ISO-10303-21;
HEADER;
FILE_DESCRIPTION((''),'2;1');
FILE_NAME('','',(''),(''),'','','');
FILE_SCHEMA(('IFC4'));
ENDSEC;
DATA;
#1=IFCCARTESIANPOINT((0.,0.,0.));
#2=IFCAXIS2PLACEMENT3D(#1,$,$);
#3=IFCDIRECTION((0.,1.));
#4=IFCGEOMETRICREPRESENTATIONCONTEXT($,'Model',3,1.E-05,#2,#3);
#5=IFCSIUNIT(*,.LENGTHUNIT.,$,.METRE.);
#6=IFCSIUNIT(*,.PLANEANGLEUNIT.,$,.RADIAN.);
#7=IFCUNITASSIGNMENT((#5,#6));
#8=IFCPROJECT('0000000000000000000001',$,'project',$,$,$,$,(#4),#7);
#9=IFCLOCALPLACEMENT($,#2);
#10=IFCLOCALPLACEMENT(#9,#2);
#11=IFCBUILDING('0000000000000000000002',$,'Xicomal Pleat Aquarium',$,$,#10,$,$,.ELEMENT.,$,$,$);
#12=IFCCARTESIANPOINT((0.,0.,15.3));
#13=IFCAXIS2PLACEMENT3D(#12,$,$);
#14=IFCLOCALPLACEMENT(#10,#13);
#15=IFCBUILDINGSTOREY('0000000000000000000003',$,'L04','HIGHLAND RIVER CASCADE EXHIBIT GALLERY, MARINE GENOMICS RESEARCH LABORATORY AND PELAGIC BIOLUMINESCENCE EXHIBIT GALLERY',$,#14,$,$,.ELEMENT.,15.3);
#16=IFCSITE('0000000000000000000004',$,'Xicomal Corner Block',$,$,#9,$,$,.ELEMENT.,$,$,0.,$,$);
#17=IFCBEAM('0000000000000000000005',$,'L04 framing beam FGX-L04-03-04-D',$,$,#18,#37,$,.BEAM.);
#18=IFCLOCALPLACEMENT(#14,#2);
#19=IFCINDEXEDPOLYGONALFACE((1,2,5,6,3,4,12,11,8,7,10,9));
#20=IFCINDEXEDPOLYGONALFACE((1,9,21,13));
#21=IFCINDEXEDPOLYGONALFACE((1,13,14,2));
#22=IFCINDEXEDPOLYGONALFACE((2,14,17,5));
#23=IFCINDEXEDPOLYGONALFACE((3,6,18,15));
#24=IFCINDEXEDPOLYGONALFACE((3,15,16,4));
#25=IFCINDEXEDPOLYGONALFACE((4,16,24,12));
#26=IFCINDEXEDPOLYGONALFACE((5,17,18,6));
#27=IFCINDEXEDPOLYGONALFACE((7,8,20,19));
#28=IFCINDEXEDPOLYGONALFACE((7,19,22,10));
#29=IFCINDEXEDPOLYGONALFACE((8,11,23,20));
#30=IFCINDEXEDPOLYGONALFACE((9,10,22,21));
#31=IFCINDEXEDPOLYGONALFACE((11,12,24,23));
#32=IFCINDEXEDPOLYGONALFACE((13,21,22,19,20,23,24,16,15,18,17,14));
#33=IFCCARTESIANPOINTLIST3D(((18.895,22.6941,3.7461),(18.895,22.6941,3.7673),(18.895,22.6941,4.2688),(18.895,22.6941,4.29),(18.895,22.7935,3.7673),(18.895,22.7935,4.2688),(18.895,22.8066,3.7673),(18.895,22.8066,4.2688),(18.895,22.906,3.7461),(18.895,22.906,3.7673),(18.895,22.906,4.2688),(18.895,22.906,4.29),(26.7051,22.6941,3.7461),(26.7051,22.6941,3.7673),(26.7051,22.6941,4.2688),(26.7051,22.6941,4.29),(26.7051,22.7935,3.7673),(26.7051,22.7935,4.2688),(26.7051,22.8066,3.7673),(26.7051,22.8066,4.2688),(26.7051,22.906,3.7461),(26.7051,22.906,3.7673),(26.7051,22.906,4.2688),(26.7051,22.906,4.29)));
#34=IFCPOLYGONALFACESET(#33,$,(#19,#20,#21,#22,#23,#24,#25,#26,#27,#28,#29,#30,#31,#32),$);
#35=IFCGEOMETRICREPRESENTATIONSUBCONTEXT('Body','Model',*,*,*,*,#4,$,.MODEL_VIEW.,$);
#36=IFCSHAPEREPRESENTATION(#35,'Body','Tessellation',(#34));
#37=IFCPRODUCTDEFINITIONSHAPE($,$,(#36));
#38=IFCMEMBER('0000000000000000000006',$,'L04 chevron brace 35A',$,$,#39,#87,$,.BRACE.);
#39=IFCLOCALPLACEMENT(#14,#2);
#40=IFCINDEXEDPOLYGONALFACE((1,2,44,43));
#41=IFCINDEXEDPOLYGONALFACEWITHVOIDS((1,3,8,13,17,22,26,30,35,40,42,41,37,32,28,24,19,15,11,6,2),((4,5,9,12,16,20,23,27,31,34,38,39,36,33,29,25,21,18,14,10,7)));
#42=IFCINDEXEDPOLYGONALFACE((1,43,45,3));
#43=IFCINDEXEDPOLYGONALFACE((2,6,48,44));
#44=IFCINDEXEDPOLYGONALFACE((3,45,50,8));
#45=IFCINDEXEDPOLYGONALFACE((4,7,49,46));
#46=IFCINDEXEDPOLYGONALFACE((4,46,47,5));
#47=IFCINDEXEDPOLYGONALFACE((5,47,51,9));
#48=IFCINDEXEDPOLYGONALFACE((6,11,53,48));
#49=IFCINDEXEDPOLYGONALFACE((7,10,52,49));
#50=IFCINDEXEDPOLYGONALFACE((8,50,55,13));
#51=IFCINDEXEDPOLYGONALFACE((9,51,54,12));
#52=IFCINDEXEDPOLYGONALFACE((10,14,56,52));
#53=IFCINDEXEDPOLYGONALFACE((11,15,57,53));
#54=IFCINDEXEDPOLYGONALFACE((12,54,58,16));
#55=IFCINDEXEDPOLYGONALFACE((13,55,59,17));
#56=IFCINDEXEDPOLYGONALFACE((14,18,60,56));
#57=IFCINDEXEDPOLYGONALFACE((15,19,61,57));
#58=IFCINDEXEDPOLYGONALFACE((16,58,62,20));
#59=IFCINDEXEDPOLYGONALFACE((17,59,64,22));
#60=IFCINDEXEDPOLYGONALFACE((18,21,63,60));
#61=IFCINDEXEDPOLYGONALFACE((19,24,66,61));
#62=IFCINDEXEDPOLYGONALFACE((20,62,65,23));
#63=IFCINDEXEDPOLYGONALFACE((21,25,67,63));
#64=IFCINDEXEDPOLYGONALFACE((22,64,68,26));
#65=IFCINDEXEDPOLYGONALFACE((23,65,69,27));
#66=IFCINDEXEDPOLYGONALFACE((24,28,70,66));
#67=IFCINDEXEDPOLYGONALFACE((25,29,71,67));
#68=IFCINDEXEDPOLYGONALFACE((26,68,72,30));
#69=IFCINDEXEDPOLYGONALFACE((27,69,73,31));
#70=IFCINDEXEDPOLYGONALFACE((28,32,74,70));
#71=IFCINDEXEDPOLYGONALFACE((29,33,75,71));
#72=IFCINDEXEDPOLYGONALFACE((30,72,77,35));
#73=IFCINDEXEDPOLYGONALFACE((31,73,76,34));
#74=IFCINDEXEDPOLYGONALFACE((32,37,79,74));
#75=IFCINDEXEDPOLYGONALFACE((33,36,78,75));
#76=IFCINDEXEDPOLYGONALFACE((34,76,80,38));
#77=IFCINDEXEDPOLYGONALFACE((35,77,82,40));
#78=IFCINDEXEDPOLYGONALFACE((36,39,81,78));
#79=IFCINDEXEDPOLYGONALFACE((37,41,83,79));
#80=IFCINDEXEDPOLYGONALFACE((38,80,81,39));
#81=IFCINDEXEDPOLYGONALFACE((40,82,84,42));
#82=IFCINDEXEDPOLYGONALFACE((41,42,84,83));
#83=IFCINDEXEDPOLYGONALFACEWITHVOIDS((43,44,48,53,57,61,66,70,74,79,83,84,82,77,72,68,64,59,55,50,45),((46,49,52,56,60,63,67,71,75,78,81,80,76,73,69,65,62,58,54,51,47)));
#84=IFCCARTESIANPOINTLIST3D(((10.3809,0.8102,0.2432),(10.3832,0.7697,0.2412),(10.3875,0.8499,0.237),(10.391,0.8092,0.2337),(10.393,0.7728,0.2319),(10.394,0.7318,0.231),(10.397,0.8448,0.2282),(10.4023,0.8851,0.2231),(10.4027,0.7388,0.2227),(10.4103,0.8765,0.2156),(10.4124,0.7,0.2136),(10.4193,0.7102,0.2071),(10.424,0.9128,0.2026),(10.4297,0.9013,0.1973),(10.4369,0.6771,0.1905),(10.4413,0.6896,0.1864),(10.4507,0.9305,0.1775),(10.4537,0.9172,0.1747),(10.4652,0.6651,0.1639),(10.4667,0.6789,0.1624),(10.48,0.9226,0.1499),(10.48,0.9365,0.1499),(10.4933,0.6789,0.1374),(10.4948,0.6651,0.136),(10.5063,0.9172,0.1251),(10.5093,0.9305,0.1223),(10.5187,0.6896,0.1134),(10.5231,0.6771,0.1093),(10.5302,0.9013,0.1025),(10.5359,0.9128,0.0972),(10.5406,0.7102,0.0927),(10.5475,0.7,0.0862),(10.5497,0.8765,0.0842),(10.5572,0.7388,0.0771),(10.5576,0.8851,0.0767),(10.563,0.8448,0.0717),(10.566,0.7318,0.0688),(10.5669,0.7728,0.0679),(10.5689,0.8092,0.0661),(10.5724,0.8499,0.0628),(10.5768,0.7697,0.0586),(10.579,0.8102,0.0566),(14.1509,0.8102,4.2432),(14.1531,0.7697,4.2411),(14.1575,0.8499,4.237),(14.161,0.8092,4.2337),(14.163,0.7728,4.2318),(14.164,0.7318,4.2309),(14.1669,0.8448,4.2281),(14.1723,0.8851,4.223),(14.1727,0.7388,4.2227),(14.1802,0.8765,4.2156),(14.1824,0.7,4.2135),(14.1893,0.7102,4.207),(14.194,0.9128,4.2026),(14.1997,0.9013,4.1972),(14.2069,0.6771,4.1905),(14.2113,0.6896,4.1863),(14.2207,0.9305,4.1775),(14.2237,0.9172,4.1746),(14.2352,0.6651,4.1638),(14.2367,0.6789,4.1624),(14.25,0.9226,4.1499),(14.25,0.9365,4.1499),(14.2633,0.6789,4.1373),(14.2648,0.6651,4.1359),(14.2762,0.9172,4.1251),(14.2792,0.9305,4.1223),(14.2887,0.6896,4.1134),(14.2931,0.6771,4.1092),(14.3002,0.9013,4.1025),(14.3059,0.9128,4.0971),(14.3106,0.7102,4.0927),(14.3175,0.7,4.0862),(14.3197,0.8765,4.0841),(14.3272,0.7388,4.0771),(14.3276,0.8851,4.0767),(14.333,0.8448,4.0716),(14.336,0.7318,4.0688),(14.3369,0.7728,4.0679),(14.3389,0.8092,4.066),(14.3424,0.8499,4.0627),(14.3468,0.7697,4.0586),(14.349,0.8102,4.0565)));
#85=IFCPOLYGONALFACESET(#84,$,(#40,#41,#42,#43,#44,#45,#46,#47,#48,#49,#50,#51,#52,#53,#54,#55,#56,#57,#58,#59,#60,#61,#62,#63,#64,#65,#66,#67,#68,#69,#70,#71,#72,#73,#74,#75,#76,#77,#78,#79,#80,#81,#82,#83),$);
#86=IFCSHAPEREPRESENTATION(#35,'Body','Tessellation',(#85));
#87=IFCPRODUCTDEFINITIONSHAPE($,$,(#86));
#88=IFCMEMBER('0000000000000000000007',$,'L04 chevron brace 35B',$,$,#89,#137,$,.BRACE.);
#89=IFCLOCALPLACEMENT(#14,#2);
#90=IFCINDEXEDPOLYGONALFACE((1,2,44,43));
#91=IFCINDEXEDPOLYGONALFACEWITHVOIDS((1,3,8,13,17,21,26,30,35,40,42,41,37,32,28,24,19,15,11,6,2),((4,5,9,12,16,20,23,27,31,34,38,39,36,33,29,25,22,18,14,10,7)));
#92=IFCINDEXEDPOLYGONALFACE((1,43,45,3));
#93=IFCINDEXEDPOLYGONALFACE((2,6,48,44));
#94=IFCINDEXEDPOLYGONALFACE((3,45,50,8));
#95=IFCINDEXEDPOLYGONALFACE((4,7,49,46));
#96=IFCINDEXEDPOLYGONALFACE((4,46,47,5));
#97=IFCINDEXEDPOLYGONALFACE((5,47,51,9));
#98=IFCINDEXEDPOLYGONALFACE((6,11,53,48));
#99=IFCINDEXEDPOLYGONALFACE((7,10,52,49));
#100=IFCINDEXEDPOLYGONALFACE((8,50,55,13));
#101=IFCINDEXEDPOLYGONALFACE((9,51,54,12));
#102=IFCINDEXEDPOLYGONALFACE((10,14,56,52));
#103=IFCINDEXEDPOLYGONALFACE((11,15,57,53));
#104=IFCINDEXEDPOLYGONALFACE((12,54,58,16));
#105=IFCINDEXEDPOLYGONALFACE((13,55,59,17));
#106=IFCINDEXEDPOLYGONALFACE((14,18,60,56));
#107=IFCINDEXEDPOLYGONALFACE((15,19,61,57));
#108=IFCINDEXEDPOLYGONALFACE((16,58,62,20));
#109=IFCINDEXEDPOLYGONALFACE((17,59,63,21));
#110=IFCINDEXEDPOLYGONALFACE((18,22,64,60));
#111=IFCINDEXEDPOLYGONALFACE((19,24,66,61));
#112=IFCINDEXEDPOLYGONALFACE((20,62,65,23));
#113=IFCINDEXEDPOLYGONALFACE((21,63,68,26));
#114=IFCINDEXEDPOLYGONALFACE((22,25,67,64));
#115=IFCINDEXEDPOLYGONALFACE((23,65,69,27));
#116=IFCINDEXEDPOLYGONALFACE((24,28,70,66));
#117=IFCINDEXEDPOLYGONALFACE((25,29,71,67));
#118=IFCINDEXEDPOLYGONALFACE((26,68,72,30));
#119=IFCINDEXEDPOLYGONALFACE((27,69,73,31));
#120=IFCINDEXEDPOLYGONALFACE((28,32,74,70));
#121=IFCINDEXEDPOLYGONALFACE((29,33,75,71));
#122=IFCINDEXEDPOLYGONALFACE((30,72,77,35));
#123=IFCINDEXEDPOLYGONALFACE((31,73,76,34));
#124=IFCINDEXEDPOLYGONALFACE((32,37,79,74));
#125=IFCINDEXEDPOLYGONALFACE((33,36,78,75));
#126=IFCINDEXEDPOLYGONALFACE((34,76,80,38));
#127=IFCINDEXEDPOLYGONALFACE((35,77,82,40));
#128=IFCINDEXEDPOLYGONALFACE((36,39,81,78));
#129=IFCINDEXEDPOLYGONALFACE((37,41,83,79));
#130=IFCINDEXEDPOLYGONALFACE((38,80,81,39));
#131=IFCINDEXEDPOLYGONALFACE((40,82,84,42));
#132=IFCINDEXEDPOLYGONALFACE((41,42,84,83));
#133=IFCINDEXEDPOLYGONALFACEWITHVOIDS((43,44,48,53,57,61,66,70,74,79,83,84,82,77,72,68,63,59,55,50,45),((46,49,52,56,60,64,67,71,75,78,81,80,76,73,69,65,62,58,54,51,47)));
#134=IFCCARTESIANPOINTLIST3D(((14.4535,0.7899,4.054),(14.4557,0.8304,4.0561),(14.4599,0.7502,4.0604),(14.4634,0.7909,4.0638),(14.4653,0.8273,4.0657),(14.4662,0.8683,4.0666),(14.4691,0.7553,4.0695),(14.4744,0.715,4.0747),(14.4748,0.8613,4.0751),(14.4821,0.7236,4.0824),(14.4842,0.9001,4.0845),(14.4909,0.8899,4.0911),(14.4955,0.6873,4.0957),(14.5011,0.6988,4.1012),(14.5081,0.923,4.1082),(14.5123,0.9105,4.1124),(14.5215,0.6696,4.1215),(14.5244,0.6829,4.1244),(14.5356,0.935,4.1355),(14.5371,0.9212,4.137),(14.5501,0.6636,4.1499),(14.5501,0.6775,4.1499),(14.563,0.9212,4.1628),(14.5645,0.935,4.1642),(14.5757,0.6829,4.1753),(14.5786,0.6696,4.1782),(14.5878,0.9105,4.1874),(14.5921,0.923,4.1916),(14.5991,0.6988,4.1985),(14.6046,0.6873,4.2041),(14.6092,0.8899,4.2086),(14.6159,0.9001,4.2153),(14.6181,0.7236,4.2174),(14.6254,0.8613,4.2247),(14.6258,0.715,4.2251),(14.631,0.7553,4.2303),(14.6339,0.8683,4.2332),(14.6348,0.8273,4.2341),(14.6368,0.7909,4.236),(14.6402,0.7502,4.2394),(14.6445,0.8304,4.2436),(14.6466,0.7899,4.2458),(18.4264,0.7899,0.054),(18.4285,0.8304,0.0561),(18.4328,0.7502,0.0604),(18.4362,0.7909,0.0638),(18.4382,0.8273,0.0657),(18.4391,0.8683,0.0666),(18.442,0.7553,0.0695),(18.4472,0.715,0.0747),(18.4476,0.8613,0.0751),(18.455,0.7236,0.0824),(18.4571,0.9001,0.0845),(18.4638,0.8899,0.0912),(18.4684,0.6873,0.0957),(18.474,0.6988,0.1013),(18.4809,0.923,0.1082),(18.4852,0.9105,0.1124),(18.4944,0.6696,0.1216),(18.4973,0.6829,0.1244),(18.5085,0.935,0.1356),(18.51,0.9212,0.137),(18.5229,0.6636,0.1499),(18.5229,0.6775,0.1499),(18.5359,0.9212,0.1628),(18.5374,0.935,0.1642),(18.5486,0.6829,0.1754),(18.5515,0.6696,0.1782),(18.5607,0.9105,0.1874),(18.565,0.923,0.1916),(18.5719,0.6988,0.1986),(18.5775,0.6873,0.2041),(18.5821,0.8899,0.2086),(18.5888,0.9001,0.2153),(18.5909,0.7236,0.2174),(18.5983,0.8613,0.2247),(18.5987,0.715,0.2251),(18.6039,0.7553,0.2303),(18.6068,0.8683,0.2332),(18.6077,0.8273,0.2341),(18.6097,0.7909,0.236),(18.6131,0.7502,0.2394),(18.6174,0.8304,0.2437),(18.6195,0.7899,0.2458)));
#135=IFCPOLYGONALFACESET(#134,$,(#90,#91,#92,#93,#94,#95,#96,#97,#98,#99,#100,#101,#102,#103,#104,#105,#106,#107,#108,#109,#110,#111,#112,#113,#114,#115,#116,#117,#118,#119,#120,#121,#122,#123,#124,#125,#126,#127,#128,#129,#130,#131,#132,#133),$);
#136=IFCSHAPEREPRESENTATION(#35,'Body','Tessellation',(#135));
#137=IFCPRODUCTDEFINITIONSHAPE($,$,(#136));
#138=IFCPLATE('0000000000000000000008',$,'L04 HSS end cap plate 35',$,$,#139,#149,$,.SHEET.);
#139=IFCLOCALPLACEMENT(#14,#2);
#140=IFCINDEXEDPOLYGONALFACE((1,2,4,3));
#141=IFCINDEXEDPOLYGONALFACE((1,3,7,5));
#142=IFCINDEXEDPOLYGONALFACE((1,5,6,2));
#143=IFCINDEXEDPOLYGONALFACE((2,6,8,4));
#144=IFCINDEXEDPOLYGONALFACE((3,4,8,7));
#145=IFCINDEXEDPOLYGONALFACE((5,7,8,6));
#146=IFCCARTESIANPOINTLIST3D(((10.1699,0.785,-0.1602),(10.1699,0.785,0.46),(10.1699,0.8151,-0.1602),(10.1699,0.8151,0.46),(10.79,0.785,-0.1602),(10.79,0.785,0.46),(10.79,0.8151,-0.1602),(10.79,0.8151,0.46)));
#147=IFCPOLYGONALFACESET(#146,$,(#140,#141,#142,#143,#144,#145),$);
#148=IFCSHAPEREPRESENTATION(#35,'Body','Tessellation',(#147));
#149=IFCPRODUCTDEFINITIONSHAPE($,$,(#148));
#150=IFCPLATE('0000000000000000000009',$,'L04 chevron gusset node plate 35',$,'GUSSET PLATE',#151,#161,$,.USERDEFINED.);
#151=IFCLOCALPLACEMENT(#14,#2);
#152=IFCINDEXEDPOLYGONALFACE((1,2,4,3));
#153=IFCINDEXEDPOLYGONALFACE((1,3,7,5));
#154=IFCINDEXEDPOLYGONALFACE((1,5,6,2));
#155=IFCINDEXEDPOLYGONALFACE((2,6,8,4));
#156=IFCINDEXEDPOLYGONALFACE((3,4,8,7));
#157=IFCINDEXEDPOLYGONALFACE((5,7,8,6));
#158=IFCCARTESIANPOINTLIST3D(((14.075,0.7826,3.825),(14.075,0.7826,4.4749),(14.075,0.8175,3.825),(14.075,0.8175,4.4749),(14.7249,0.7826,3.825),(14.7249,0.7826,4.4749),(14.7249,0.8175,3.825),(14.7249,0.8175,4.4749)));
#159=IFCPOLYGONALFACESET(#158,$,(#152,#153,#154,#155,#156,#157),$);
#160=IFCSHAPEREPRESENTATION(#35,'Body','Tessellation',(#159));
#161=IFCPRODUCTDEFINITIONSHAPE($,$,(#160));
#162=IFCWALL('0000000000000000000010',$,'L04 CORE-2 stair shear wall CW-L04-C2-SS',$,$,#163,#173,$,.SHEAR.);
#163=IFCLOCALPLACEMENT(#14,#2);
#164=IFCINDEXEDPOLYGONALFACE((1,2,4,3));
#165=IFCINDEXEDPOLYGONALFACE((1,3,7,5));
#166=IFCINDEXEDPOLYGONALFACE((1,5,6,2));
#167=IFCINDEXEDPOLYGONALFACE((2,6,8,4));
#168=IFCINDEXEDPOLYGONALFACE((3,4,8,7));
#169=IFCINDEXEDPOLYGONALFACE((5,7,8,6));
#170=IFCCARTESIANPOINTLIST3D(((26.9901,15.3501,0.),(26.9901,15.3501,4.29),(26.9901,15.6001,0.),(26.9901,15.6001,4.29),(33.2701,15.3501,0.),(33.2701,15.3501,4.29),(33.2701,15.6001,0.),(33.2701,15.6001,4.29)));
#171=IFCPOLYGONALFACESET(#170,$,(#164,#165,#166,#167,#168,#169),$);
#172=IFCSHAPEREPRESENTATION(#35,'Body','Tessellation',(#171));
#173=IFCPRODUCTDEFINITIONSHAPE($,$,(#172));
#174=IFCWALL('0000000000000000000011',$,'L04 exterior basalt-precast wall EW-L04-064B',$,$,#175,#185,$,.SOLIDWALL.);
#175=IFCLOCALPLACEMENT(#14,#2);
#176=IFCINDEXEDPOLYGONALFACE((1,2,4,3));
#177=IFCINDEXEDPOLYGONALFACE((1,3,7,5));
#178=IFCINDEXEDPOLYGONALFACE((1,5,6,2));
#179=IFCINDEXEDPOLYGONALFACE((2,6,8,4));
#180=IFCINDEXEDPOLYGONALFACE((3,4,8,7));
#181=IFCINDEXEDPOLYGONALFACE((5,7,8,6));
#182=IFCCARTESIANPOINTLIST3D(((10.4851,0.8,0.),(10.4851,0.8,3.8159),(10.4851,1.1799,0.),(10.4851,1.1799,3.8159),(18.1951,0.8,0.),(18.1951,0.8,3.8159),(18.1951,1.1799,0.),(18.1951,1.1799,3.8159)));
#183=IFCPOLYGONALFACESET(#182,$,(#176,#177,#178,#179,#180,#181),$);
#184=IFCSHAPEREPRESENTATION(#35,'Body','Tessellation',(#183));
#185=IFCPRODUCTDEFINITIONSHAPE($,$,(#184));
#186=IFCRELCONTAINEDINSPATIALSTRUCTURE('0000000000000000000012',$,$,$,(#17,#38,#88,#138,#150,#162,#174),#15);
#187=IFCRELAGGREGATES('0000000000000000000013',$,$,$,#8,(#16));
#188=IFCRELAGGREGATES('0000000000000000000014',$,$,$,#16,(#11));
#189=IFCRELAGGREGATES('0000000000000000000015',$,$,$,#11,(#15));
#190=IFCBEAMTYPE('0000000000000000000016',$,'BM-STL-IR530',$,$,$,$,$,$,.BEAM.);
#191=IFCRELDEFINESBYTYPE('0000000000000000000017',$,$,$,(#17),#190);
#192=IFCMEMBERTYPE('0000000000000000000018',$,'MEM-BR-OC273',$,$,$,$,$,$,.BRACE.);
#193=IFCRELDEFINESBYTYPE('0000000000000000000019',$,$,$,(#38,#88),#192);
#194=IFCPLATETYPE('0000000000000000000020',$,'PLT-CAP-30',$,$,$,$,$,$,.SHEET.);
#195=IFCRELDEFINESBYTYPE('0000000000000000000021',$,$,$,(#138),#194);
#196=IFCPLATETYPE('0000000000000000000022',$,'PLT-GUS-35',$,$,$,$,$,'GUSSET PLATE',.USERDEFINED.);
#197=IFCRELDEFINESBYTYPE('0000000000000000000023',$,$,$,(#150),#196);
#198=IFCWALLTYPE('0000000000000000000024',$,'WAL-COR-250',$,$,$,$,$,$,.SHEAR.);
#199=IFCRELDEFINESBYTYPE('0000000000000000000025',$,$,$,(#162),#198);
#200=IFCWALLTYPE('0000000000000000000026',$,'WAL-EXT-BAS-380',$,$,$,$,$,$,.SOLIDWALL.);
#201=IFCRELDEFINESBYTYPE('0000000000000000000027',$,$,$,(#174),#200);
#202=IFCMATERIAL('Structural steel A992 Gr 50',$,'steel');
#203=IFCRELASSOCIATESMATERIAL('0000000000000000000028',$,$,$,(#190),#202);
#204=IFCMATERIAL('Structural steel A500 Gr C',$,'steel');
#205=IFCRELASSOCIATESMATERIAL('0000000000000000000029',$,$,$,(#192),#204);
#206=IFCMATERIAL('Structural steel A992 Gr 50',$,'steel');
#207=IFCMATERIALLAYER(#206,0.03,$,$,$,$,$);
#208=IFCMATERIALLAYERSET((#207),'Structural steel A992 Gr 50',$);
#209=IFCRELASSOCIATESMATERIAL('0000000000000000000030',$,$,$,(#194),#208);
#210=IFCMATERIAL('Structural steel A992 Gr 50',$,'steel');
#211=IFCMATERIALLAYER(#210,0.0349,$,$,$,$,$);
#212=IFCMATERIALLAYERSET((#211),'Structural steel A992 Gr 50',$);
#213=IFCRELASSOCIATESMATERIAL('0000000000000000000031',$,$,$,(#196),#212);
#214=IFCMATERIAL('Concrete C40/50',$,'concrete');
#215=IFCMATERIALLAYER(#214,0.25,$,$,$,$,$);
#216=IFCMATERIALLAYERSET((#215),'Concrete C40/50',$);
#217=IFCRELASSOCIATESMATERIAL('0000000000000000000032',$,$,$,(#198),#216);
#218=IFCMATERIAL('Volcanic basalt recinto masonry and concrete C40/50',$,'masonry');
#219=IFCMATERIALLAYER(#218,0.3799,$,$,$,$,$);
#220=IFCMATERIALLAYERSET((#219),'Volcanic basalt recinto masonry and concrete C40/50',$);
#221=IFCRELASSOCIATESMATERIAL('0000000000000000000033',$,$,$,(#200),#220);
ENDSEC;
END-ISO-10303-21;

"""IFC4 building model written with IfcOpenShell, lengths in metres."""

from ifc_helpers import new_model, si_unit, direction, frame, frame_2d, origin, origin_2d, place, context, subcontext, project, spatial, rectangle, hollow_circle, i_section, extrude, material, layer, layer_set, material_profile, profile_set, type_object, element, save


model = new_model("IFC4")

# Units and contexts
model_context = context("Model", 3, precision=1e-05, world=origin(), true_north=direction((0.0, 1.0)))
body_context = subcontext(model_context, "Body", "Model", "MODEL_VIEW")
ifc_project = project(units=[si_unit("LENGTHUNIT", "METRE"), si_unit("PLANEANGLEUNIT", "RADIAN")], contexts=[model_context])

# Site, building, storey
site_placement = place(None, origin())
site = spatial("IfcSite", under=ifc_project, at=site_placement, Name="Xicomal Corner Block", CompositionType="ELEMENT", RefElevation=0.0)
building_placement = place(site_placement, origin())
building = spatial("IfcBuilding", under=site, at=building_placement, Name="Xicomal Pleat Aquarium", CompositionType="ELEMENT")
storey_placement = place(building_placement, frame((0.0, 0.0, 15.3)))
storey = spatial("IfcBuildingStorey", under=building, at=storey_placement, Name="L04", Description="HIGHLAND RIVER CASCADE EXHIBIT GALLERY, MARINE GENOMICS RESEARCH LABORATORY AND PELAGIC BIOLUMINESCENCE EXHIBIT GALLERY", CompositionType="ELEMENT", Elevation=15.3)

# Beam
ifc_material_1 = material(Name="Structural steel A992 Gr 50", Category="steel")
ifc_material_profile_1 = material_profile(ifc_material_1, i_section(OverallWidth=0.2119, OverallDepth=0.5439, WebThickness=0.0132, FlangeThickness=0.0212, at=origin_2d()), Name="IR 530x123")
ifc_profile_set_1 = profile_set([ifc_material_profile_1], Name="Structural steel A992 Gr 50")
beam_type_1 = type_object("IfcBeamType", Name="BM-STL-IR530", PredefinedType="BEAM", material=ifc_profile_set_1)
beam_1_placement = place(storey_placement, frame((18.895, 22.8, 4.0181), z_axis=(1.0, 0.0, 0.0), x_axis=(0.0, 1.0, 0.0)))
element("IfcBeam", 1, at=beam_1_placement, inside=storey, type_object=beam_type_1, Name="L04 framing beam FGX-L04-03-04-D", PredefinedType="BEAM", context=body_context, shape_type="SweptSolid", body=[
    extrude(i_section(OverallWidth=0.2119, OverallDepth=0.5439, WebThickness=0.0132, FlangeThickness=0.0212, at=origin_2d()), origin(), (0.0, 0.0, 1.0), 7.8101),
])

# Members
ifc_material_2 = material(Name="Structural steel A500 Gr C", Category="steel")
ifc_material_profile_2 = material_profile(ifc_material_2, hollow_circle(Radius=0.1365, WallThickness=0.0139, at=origin_2d()), Name="OC 273x14")
ifc_profile_set_2 = profile_set([ifc_material_profile_2], Name="Structural steel A500 Gr C")
member_type = type_object("IfcMemberType", Name="MEM-BR-OC273", PredefinedType="BRACE", material=ifc_profile_set_2)
member_1_placement = place(storey_placement, frame((10.48, 0.8, 0.1499), z_axis=(0.685877, 0.0, 0.727717), x_axis=(0.0, 1.0, 0.0)))
element("IfcMember", 2, at=member_1_placement, inside=storey, type_object=member_type, Name="L04 chevron brace 35A", PredefinedType="BRACE", context=body_context, shape_type="SweptSolid", body=[
    extrude(hollow_circle(Radius=0.1365, WallThickness=0.0139, at=origin_2d()), origin(), (0.0, 0.0, 1.0), 5.4966),
])
member_2_placement = place(storey_placement, frame((18.5229, 0.8, 0.1499), z_axis=(-0.704699, 0.0, 0.709506), x_axis=(0.0, -1.0, 0.0)))
element("IfcMember", 3, at=member_2_placement, inside=storey, type_object=member_type, Name="L04 chevron brace 35B", PredefinedType="BRACE", context=body_context, shape_type="SweptSolid", body=[
    extrude(hollow_circle(Radius=0.1365, WallThickness=0.0139, at=origin_2d()), origin(), (0.0, 0.0, 1.0), 5.6377),
])

# Plates
ifc_material_3 = material(Name="Structural steel A992 Gr 50", Category="steel")
ifc_layer_1 = layer(ifc_material_3, 0.03)
ifc_layer_set_1 = layer_set([ifc_layer_1], Name="Structural steel A992 Gr 50")
plate_type_1 = type_object("IfcPlateType", Name="PLT-CAP-30", PredefinedType="SHEET", material=ifc_layer_set_1)
plate_1_placement = place(storey_placement, frame((10.48, 0.8, -0.1602), z_axis=(0.0, 0.0, 1.0), x_axis=(1.0, 0.0, 0.0)))
element("IfcPlate", 4, at=plate_1_placement, inside=storey, type_object=plate_type_1, Name="L04 HSS end cap plate 35", PredefinedType="SHEET", context=body_context, shape_type="SweptSolid", body=[
    extrude(rectangle(XDim=0.6201, YDim=0.03, at=origin_2d()), origin(), (0.0, 0.0, 1.0), 0.6201),
])
ifc_material_4 = material(Name="Structural steel A992 Gr 50", Category="steel")
ifc_layer_2 = layer(ifc_material_4, 0.0349)
ifc_layer_set_2 = layer_set([ifc_layer_2], Name="Structural steel A992 Gr 50")
plate_type_2 = type_object("IfcPlateType", Name="PLT-GUS-35", ElementType="GUSSET PLATE", PredefinedType="USERDEFINED", material=ifc_layer_set_2)
plate_2_placement = place(storey_placement, frame((14.3999, 0.8, 3.825), z_axis=(0.0, 0.0, 1.0), x_axis=(1.0, 0.0, 0.0)))
element("IfcPlate", 5, at=plate_2_placement, inside=storey, type_object=plate_type_2, Name="L04 chevron gusset node plate 35", ObjectType="GUSSET PLATE", PredefinedType="USERDEFINED", context=body_context, shape_type="SweptSolid", body=[
    extrude(rectangle(XDim=0.6499, YDim=0.0349, at=origin_2d()), origin(), (0.0, 0.0, 1.0), 0.6499),
])

# Walls
ifc_material_5 = material(Name="Concrete C40/50", Category="concrete")
ifc_layer_3 = layer(ifc_material_5, 0.25)
ifc_layer_set_3 = layer_set([ifc_layer_3], Name="Concrete C40/50")
wall_type_1 = type_object("IfcWallType", Name="WAL-COR-250", PredefinedType="SHEAR", material=ifc_layer_set_3)
wall_1_placement = place(storey_placement, frame((26.99, 15.4751, 0.0), z_axis=(0.0, 0.0, 1.0), x_axis=(1.0, 0.0, 0.0)))
element("IfcWall", 6, at=wall_1_placement, inside=storey, type_object=wall_type_1, Name="L04 CORE-2 stair shear wall CW-L04-C2-SS", PredefinedType="SHEAR", context=body_context, shape_type="SweptSolid", body=[
    extrude(rectangle(XDim=6.28, YDim=0.25, at=frame_2d((3.1401, 0.0))), origin(), (0.0, 0.0, 1.0), 4.29),
])
ifc_material_6 = material(Name="Volcanic basalt recinto masonry and concrete C40/50", Category="masonry")
ifc_layer_4 = layer(ifc_material_6, 0.3799)
ifc_layer_set_4 = layer_set([ifc_layer_4], Name="Volcanic basalt recinto masonry and concrete C40/50")
wall_type_2 = type_object("IfcWallType", Name="WAL-EXT-BAS-380", PredefinedType="SOLIDWALL", material=ifc_layer_set_4)
wall_2_placement = place(storey_placement, frame((18.1951, 0.99, 0.0), z_axis=(0.0, 0.0, 1.0), x_axis=(-1.0, 0.0, 0.0)))
element("IfcWall", 7, at=wall_2_placement, inside=storey, type_object=wall_type_2, Name="L04 exterior basalt-precast wall EW-L04-064B", PredefinedType="SOLIDWALL", context=body_context, shape_type="SweptSolid", body=[
    extrude(rectangle(XDim=7.71, YDim=0.3799, at=frame_2d((3.855, 0.0))), origin(), (0.0, 0.0, 1.0), 3.8159),
])

save(model, "model.ifc")
